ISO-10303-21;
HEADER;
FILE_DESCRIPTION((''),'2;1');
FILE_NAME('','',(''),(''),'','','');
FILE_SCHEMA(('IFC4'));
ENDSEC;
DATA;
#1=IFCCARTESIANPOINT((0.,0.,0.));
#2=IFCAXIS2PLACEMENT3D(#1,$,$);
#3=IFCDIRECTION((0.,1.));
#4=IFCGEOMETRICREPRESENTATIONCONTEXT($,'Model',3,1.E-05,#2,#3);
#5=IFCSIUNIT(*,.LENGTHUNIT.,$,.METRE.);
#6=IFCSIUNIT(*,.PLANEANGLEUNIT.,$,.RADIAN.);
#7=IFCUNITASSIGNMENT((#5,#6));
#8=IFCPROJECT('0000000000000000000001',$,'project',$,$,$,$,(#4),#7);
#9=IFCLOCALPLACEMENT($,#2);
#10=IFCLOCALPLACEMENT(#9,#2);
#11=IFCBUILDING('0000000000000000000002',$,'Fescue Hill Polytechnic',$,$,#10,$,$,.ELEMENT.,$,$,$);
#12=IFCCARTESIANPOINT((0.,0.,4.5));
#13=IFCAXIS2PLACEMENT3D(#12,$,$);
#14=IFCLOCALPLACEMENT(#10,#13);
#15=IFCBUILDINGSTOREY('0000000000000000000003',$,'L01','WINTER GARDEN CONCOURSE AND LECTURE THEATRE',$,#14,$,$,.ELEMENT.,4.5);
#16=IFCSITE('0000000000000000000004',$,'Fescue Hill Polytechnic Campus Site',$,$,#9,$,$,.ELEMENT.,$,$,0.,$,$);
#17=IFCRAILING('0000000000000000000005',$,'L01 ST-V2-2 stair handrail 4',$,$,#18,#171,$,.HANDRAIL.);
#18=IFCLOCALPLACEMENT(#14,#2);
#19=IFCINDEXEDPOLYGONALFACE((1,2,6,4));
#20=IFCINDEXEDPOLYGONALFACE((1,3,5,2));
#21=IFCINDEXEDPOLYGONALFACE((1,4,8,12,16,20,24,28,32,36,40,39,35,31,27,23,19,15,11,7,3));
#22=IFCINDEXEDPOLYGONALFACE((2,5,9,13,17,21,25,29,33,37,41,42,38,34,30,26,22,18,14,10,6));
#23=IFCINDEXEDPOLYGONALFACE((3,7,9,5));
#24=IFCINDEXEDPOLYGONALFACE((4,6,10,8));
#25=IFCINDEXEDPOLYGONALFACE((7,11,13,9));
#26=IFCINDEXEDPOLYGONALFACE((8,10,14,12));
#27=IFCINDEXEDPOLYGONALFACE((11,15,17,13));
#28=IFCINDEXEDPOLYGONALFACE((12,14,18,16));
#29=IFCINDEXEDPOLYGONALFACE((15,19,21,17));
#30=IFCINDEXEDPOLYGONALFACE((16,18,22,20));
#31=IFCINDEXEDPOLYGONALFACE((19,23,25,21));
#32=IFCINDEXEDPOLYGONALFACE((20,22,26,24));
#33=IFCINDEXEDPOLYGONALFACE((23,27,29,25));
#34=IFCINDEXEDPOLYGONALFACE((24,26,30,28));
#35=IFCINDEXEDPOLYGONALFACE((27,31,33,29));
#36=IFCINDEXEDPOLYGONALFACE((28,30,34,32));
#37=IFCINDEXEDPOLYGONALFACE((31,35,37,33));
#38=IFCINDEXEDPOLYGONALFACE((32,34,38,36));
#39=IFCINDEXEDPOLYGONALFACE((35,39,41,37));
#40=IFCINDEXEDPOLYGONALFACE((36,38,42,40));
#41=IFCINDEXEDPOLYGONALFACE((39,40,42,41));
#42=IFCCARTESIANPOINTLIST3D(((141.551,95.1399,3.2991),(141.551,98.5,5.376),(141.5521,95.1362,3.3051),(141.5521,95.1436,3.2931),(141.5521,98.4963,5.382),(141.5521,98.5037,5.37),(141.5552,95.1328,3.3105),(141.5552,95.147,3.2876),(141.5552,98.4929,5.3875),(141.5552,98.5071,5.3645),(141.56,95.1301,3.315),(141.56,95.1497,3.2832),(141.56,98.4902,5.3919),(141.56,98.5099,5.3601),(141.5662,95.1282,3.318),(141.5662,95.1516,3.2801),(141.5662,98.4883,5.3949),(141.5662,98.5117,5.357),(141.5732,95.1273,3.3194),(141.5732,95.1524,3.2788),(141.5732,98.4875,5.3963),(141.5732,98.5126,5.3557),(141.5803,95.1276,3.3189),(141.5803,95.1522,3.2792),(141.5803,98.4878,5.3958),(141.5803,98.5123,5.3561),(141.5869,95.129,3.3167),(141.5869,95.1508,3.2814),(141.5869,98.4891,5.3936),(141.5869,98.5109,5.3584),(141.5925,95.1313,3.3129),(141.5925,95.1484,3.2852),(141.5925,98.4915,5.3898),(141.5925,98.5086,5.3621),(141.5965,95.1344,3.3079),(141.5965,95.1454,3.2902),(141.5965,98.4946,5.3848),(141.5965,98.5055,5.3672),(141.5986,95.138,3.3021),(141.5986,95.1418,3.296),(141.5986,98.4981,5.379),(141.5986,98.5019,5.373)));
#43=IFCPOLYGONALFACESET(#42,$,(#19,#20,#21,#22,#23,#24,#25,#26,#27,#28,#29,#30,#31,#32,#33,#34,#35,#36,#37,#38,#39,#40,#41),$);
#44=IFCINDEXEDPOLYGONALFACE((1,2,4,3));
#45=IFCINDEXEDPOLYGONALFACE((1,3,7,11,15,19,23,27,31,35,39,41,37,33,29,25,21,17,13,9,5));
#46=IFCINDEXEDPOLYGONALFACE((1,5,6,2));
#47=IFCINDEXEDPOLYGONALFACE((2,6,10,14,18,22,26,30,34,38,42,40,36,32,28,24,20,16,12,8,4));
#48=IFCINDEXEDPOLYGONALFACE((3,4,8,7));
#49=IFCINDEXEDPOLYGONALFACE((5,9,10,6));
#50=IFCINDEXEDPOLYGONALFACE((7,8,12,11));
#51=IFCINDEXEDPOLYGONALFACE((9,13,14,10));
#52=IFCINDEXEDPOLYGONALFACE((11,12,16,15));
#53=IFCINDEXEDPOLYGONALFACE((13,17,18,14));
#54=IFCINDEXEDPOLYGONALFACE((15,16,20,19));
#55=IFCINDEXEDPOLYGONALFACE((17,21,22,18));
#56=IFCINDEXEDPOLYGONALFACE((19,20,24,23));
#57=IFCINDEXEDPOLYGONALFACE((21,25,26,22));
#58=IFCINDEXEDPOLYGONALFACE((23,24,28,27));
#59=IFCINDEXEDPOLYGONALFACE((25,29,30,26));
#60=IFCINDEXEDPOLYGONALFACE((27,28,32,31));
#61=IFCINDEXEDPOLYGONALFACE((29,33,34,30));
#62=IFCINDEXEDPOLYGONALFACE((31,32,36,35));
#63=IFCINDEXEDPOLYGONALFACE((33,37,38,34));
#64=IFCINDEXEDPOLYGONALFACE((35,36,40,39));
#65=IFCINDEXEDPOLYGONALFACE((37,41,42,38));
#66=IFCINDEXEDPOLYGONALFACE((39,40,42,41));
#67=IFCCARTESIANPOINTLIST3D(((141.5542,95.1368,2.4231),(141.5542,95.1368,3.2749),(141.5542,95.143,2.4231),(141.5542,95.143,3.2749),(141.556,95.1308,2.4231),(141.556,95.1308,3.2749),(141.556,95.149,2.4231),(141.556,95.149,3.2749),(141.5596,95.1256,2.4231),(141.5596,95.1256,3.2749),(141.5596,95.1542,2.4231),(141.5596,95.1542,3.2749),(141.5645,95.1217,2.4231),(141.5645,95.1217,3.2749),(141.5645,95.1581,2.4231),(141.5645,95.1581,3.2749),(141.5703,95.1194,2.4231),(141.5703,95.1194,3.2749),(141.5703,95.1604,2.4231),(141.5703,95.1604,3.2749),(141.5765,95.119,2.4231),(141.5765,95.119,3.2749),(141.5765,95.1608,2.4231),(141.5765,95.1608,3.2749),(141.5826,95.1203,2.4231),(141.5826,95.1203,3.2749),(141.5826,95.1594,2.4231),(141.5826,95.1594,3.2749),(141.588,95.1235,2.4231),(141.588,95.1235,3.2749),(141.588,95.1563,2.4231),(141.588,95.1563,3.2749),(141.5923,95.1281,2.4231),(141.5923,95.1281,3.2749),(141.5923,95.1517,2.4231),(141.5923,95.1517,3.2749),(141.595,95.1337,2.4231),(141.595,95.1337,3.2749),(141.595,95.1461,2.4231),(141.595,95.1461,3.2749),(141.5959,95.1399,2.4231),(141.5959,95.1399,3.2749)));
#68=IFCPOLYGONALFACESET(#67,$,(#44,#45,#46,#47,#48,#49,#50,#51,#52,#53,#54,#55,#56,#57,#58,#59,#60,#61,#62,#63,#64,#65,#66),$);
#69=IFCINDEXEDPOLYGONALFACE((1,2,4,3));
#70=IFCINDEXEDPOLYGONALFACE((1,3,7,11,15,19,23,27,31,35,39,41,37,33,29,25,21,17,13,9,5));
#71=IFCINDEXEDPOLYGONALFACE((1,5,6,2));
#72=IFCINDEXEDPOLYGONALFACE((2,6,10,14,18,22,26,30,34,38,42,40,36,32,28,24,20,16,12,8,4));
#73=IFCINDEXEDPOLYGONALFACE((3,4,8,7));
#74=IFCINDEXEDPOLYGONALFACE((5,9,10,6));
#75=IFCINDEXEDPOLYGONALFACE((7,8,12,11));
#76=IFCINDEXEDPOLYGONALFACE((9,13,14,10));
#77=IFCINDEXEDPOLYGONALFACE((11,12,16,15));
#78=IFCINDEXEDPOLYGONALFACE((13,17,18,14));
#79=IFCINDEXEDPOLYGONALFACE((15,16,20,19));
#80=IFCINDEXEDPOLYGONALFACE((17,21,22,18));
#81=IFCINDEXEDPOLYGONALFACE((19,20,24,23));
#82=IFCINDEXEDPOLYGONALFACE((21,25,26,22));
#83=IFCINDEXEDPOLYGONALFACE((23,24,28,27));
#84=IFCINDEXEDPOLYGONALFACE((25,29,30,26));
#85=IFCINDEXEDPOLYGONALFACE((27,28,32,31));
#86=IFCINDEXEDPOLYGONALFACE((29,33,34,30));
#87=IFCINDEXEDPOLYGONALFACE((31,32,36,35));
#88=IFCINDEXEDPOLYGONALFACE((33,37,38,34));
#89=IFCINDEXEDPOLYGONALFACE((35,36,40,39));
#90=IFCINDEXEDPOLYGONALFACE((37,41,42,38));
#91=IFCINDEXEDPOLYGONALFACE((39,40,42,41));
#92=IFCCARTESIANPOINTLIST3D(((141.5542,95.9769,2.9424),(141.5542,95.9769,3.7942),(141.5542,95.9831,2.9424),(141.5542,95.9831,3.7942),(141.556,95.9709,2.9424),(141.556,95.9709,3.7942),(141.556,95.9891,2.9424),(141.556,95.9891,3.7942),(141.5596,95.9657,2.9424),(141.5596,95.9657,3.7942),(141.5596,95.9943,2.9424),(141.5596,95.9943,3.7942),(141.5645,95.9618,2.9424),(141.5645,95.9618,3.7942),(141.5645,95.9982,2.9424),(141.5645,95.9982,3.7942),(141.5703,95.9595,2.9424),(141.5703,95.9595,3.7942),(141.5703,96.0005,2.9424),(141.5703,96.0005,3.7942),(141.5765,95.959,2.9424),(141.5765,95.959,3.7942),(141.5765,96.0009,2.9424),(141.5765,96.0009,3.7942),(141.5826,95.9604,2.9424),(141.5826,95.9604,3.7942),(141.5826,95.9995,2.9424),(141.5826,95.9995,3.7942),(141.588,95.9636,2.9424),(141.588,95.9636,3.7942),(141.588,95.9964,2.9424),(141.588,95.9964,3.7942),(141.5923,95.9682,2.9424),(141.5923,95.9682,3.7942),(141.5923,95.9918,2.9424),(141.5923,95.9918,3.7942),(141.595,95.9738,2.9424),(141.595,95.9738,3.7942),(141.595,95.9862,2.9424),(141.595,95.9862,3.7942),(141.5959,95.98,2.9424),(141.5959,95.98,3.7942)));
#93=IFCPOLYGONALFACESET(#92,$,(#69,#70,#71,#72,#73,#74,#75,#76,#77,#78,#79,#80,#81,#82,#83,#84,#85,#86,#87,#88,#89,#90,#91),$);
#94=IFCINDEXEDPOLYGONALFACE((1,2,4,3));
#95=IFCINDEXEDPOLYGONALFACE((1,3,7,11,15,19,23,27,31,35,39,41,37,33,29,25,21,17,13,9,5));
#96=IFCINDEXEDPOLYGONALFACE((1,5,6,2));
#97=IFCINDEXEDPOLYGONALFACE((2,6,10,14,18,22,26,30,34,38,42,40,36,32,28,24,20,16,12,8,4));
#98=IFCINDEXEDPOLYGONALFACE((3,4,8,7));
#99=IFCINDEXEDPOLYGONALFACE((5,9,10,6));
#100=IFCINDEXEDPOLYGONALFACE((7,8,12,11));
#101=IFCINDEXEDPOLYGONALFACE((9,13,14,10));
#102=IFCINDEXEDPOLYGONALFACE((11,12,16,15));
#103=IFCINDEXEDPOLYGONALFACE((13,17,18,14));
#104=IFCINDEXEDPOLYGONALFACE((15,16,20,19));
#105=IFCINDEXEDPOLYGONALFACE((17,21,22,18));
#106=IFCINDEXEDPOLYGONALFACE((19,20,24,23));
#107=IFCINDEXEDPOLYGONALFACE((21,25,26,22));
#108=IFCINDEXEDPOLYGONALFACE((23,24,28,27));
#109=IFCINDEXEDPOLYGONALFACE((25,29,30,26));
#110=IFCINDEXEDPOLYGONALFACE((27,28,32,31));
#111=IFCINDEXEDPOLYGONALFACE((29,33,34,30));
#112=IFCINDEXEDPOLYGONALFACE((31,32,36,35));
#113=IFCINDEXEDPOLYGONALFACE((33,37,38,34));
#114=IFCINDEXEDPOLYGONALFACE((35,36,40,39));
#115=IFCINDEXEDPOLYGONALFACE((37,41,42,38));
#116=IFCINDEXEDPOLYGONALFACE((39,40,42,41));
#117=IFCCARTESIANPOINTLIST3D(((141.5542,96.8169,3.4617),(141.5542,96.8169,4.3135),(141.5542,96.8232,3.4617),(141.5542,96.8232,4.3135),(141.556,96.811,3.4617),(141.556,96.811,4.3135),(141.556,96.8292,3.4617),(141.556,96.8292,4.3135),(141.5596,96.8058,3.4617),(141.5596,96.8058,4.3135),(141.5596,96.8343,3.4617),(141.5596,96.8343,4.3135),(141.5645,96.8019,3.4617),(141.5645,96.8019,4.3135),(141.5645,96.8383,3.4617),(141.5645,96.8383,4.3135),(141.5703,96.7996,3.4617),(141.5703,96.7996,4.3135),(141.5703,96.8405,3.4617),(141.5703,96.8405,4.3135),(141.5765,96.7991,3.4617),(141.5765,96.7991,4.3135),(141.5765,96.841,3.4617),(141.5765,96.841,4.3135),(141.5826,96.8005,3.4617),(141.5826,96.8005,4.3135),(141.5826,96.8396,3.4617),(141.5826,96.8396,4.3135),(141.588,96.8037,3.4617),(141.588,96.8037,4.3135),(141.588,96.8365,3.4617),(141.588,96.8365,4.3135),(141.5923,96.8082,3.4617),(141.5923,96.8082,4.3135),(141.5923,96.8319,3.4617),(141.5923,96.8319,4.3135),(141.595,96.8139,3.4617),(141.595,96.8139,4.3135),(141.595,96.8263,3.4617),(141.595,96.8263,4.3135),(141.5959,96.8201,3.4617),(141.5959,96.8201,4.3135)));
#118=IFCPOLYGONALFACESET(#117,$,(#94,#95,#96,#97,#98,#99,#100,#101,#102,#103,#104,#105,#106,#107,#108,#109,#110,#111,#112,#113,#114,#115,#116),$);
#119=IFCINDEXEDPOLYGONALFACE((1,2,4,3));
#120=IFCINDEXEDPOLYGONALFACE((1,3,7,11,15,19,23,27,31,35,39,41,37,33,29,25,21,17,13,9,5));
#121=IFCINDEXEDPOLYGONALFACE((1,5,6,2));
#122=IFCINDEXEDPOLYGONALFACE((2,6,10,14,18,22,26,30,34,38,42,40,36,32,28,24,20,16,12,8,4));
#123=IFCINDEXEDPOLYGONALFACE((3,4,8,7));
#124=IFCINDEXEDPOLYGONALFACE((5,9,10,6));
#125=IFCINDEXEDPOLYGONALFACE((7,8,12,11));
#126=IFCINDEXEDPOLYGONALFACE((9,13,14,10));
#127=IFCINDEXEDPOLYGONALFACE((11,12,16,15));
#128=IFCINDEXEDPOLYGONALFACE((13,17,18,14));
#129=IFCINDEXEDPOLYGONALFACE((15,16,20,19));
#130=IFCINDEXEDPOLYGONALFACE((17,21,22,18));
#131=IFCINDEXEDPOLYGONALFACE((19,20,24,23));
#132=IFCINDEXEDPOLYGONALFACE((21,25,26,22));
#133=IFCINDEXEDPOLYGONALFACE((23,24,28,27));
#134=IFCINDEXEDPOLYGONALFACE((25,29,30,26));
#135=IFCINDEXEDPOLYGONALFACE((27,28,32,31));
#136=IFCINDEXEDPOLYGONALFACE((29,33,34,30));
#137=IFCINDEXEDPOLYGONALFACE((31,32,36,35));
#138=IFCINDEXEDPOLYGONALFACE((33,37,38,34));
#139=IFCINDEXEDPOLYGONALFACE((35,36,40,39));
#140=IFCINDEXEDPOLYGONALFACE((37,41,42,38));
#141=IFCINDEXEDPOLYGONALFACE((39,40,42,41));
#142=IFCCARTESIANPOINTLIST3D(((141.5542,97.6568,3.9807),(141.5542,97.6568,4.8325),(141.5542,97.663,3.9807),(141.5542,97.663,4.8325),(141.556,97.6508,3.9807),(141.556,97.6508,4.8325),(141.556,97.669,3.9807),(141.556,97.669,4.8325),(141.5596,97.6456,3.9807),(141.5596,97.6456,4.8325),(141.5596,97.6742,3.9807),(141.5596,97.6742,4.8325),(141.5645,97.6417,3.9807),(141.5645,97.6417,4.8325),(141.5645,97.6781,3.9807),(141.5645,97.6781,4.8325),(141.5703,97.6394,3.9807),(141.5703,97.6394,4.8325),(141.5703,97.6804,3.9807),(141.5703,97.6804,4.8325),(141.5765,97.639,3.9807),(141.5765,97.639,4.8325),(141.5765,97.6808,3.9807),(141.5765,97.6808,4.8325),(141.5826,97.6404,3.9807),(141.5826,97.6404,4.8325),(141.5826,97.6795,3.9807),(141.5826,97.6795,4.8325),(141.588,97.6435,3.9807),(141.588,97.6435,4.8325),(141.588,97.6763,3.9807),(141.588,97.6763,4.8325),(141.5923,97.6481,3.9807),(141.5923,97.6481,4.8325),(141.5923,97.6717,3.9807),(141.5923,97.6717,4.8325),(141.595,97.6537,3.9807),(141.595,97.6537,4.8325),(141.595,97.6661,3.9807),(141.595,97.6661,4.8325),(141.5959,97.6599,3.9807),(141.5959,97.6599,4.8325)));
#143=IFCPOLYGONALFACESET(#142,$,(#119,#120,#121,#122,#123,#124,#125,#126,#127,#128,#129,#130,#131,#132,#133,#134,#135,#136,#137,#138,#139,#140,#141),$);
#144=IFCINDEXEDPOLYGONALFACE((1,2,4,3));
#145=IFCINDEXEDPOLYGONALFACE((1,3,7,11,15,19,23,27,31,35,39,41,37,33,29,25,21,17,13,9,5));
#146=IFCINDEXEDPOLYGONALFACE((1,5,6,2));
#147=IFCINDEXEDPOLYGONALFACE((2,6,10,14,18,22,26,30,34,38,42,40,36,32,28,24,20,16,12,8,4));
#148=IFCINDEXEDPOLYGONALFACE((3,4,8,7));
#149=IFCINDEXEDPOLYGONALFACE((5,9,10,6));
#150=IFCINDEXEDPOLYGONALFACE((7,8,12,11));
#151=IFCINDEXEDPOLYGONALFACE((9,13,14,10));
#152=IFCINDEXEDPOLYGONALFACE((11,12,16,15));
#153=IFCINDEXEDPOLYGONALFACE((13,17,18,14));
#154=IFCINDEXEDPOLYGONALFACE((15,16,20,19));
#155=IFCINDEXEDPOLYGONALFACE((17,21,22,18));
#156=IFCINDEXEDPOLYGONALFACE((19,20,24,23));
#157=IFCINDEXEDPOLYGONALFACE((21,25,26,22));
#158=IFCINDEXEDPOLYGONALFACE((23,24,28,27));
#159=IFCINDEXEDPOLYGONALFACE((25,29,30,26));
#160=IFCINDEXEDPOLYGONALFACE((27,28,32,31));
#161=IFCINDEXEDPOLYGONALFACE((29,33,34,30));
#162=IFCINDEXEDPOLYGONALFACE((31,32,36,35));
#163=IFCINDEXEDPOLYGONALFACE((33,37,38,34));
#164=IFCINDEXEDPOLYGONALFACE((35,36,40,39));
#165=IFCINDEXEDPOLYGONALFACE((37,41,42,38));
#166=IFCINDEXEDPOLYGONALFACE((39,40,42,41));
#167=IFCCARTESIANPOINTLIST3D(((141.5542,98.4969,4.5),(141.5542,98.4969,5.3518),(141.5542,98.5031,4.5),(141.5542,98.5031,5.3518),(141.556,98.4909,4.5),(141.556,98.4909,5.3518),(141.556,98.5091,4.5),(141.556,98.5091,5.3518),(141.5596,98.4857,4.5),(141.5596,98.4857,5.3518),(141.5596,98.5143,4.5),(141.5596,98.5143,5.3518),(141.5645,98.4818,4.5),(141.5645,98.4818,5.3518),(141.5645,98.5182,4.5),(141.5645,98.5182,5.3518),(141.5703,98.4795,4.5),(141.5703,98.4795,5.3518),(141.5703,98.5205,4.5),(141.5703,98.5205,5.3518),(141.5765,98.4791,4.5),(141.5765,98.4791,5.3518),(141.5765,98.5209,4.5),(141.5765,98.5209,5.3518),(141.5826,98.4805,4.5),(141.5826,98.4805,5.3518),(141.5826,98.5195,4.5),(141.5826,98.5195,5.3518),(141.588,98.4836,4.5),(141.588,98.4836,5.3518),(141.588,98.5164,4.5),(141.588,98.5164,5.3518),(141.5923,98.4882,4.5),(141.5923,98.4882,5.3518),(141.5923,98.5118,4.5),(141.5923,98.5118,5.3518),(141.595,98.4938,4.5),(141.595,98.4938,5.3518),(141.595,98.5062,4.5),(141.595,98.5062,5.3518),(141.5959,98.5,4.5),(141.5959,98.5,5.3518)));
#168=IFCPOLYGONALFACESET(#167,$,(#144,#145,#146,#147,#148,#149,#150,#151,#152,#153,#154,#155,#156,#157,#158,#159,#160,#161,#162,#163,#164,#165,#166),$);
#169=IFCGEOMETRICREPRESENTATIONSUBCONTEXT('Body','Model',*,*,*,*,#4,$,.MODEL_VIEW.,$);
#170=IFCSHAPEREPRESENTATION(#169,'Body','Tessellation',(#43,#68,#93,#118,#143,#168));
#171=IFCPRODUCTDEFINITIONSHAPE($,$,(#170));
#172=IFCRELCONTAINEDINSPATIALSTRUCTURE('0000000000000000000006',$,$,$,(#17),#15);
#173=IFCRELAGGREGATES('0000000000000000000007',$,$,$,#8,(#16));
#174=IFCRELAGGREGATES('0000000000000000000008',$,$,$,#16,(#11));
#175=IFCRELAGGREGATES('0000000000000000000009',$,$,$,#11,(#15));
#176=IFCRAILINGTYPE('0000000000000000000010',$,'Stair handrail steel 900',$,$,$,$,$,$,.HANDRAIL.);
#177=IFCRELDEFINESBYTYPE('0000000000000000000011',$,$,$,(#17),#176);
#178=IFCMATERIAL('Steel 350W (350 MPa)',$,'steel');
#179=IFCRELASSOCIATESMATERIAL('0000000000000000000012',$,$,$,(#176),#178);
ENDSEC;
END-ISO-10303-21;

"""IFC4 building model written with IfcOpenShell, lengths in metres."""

from ifc_helpers import new_model, si_unit, direction, frame, origin, origin_2d, place, context, subcontext, project, spatial, circle, extrude, material, type_object, element, save


model = new_model("IFC4")

# Units and contexts
model_context = context("Model", 3, precision=1e-05, world=origin(), true_north=direction((0.0, 1.0)))
body_context = subcontext(model_context, "Body", "Model", "MODEL_VIEW")
ifc_project = project(units=[si_unit("LENGTHUNIT", "METRE"), si_unit("PLANEANGLEUNIT", "RADIAN")], contexts=[model_context])

# Site, building, storey
site_placement = place(None, origin())
site = spatial("IfcSite", under=ifc_project, at=site_placement, Name="Fescue Hill Polytechnic Campus Site", CompositionType="ELEMENT", RefElevation=0.0)
building_placement = place(site_placement, origin())
building = spatial("IfcBuilding", under=site, at=building_placement, Name="Fescue Hill Polytechnic", CompositionType="ELEMENT")
storey_placement = place(building_placement, frame((0.0, 0.0, 4.5)))
storey = spatial("IfcBuildingStorey", under=building, at=storey_placement, Name="L01", Description="WINTER GARDEN CONCOURSE AND LECTURE THEATRE", CompositionType="ELEMENT", Elevation=4.5)

# Railing
ifc_material_1 = material(Name="Steel 350W (350 MPa)", Category="steel")
railing_type_1 = type_object("IfcRailingType", Name="Stair handrail steel 900", PredefinedType="HANDRAIL", material=ifc_material_1)
railing_1_placement = place(storey_placement, frame((141.575, 95.1399, 2.4231)))
element("IfcRailing", 1, at=railing_1_placement, inside=storey, type_object=railing_type_1, Name="L01 ST-V2-2 stair handrail 4", PredefinedType="HANDRAIL", context=body_context, shape_type="SweptSolid", body=[
    extrude(circle(Radius=0.0239, at=origin_2d()), frame((0.0, 0.0, 0.876), z_axis=(0.0, 0.850623, 0.525776), x_axis=(-1.0, 0.0, 0.0)), (0.0, 0.0, 1.0), 3.9502),
    extrude(circle(Radius=0.021, at=origin_2d()), origin(), (0.0, 0.0, 1.0), 0.8518),
    extrude(circle(Radius=0.021, at=origin_2d()), frame((0.0, 0.8401, 0.5193)), (0.0, 0.0, 1.0), 0.8518),
    extrude(circle(Radius=0.021, at=origin_2d()), frame((0.0, 1.6802, 1.0386)), (0.0, 0.0, 1.0), 0.8518),
    extrude(circle(Radius=0.021, at=origin_2d()), frame((0.0, 2.52, 1.5576)), (0.0, 0.0, 1.0), 0.8518),
    extrude(circle(Radius=0.021, at=origin_2d()), frame((0.0, 3.3601, 2.0769)), (0.0, 0.0, 1.0), 0.8518),
])

save(model, "model.ifc")
